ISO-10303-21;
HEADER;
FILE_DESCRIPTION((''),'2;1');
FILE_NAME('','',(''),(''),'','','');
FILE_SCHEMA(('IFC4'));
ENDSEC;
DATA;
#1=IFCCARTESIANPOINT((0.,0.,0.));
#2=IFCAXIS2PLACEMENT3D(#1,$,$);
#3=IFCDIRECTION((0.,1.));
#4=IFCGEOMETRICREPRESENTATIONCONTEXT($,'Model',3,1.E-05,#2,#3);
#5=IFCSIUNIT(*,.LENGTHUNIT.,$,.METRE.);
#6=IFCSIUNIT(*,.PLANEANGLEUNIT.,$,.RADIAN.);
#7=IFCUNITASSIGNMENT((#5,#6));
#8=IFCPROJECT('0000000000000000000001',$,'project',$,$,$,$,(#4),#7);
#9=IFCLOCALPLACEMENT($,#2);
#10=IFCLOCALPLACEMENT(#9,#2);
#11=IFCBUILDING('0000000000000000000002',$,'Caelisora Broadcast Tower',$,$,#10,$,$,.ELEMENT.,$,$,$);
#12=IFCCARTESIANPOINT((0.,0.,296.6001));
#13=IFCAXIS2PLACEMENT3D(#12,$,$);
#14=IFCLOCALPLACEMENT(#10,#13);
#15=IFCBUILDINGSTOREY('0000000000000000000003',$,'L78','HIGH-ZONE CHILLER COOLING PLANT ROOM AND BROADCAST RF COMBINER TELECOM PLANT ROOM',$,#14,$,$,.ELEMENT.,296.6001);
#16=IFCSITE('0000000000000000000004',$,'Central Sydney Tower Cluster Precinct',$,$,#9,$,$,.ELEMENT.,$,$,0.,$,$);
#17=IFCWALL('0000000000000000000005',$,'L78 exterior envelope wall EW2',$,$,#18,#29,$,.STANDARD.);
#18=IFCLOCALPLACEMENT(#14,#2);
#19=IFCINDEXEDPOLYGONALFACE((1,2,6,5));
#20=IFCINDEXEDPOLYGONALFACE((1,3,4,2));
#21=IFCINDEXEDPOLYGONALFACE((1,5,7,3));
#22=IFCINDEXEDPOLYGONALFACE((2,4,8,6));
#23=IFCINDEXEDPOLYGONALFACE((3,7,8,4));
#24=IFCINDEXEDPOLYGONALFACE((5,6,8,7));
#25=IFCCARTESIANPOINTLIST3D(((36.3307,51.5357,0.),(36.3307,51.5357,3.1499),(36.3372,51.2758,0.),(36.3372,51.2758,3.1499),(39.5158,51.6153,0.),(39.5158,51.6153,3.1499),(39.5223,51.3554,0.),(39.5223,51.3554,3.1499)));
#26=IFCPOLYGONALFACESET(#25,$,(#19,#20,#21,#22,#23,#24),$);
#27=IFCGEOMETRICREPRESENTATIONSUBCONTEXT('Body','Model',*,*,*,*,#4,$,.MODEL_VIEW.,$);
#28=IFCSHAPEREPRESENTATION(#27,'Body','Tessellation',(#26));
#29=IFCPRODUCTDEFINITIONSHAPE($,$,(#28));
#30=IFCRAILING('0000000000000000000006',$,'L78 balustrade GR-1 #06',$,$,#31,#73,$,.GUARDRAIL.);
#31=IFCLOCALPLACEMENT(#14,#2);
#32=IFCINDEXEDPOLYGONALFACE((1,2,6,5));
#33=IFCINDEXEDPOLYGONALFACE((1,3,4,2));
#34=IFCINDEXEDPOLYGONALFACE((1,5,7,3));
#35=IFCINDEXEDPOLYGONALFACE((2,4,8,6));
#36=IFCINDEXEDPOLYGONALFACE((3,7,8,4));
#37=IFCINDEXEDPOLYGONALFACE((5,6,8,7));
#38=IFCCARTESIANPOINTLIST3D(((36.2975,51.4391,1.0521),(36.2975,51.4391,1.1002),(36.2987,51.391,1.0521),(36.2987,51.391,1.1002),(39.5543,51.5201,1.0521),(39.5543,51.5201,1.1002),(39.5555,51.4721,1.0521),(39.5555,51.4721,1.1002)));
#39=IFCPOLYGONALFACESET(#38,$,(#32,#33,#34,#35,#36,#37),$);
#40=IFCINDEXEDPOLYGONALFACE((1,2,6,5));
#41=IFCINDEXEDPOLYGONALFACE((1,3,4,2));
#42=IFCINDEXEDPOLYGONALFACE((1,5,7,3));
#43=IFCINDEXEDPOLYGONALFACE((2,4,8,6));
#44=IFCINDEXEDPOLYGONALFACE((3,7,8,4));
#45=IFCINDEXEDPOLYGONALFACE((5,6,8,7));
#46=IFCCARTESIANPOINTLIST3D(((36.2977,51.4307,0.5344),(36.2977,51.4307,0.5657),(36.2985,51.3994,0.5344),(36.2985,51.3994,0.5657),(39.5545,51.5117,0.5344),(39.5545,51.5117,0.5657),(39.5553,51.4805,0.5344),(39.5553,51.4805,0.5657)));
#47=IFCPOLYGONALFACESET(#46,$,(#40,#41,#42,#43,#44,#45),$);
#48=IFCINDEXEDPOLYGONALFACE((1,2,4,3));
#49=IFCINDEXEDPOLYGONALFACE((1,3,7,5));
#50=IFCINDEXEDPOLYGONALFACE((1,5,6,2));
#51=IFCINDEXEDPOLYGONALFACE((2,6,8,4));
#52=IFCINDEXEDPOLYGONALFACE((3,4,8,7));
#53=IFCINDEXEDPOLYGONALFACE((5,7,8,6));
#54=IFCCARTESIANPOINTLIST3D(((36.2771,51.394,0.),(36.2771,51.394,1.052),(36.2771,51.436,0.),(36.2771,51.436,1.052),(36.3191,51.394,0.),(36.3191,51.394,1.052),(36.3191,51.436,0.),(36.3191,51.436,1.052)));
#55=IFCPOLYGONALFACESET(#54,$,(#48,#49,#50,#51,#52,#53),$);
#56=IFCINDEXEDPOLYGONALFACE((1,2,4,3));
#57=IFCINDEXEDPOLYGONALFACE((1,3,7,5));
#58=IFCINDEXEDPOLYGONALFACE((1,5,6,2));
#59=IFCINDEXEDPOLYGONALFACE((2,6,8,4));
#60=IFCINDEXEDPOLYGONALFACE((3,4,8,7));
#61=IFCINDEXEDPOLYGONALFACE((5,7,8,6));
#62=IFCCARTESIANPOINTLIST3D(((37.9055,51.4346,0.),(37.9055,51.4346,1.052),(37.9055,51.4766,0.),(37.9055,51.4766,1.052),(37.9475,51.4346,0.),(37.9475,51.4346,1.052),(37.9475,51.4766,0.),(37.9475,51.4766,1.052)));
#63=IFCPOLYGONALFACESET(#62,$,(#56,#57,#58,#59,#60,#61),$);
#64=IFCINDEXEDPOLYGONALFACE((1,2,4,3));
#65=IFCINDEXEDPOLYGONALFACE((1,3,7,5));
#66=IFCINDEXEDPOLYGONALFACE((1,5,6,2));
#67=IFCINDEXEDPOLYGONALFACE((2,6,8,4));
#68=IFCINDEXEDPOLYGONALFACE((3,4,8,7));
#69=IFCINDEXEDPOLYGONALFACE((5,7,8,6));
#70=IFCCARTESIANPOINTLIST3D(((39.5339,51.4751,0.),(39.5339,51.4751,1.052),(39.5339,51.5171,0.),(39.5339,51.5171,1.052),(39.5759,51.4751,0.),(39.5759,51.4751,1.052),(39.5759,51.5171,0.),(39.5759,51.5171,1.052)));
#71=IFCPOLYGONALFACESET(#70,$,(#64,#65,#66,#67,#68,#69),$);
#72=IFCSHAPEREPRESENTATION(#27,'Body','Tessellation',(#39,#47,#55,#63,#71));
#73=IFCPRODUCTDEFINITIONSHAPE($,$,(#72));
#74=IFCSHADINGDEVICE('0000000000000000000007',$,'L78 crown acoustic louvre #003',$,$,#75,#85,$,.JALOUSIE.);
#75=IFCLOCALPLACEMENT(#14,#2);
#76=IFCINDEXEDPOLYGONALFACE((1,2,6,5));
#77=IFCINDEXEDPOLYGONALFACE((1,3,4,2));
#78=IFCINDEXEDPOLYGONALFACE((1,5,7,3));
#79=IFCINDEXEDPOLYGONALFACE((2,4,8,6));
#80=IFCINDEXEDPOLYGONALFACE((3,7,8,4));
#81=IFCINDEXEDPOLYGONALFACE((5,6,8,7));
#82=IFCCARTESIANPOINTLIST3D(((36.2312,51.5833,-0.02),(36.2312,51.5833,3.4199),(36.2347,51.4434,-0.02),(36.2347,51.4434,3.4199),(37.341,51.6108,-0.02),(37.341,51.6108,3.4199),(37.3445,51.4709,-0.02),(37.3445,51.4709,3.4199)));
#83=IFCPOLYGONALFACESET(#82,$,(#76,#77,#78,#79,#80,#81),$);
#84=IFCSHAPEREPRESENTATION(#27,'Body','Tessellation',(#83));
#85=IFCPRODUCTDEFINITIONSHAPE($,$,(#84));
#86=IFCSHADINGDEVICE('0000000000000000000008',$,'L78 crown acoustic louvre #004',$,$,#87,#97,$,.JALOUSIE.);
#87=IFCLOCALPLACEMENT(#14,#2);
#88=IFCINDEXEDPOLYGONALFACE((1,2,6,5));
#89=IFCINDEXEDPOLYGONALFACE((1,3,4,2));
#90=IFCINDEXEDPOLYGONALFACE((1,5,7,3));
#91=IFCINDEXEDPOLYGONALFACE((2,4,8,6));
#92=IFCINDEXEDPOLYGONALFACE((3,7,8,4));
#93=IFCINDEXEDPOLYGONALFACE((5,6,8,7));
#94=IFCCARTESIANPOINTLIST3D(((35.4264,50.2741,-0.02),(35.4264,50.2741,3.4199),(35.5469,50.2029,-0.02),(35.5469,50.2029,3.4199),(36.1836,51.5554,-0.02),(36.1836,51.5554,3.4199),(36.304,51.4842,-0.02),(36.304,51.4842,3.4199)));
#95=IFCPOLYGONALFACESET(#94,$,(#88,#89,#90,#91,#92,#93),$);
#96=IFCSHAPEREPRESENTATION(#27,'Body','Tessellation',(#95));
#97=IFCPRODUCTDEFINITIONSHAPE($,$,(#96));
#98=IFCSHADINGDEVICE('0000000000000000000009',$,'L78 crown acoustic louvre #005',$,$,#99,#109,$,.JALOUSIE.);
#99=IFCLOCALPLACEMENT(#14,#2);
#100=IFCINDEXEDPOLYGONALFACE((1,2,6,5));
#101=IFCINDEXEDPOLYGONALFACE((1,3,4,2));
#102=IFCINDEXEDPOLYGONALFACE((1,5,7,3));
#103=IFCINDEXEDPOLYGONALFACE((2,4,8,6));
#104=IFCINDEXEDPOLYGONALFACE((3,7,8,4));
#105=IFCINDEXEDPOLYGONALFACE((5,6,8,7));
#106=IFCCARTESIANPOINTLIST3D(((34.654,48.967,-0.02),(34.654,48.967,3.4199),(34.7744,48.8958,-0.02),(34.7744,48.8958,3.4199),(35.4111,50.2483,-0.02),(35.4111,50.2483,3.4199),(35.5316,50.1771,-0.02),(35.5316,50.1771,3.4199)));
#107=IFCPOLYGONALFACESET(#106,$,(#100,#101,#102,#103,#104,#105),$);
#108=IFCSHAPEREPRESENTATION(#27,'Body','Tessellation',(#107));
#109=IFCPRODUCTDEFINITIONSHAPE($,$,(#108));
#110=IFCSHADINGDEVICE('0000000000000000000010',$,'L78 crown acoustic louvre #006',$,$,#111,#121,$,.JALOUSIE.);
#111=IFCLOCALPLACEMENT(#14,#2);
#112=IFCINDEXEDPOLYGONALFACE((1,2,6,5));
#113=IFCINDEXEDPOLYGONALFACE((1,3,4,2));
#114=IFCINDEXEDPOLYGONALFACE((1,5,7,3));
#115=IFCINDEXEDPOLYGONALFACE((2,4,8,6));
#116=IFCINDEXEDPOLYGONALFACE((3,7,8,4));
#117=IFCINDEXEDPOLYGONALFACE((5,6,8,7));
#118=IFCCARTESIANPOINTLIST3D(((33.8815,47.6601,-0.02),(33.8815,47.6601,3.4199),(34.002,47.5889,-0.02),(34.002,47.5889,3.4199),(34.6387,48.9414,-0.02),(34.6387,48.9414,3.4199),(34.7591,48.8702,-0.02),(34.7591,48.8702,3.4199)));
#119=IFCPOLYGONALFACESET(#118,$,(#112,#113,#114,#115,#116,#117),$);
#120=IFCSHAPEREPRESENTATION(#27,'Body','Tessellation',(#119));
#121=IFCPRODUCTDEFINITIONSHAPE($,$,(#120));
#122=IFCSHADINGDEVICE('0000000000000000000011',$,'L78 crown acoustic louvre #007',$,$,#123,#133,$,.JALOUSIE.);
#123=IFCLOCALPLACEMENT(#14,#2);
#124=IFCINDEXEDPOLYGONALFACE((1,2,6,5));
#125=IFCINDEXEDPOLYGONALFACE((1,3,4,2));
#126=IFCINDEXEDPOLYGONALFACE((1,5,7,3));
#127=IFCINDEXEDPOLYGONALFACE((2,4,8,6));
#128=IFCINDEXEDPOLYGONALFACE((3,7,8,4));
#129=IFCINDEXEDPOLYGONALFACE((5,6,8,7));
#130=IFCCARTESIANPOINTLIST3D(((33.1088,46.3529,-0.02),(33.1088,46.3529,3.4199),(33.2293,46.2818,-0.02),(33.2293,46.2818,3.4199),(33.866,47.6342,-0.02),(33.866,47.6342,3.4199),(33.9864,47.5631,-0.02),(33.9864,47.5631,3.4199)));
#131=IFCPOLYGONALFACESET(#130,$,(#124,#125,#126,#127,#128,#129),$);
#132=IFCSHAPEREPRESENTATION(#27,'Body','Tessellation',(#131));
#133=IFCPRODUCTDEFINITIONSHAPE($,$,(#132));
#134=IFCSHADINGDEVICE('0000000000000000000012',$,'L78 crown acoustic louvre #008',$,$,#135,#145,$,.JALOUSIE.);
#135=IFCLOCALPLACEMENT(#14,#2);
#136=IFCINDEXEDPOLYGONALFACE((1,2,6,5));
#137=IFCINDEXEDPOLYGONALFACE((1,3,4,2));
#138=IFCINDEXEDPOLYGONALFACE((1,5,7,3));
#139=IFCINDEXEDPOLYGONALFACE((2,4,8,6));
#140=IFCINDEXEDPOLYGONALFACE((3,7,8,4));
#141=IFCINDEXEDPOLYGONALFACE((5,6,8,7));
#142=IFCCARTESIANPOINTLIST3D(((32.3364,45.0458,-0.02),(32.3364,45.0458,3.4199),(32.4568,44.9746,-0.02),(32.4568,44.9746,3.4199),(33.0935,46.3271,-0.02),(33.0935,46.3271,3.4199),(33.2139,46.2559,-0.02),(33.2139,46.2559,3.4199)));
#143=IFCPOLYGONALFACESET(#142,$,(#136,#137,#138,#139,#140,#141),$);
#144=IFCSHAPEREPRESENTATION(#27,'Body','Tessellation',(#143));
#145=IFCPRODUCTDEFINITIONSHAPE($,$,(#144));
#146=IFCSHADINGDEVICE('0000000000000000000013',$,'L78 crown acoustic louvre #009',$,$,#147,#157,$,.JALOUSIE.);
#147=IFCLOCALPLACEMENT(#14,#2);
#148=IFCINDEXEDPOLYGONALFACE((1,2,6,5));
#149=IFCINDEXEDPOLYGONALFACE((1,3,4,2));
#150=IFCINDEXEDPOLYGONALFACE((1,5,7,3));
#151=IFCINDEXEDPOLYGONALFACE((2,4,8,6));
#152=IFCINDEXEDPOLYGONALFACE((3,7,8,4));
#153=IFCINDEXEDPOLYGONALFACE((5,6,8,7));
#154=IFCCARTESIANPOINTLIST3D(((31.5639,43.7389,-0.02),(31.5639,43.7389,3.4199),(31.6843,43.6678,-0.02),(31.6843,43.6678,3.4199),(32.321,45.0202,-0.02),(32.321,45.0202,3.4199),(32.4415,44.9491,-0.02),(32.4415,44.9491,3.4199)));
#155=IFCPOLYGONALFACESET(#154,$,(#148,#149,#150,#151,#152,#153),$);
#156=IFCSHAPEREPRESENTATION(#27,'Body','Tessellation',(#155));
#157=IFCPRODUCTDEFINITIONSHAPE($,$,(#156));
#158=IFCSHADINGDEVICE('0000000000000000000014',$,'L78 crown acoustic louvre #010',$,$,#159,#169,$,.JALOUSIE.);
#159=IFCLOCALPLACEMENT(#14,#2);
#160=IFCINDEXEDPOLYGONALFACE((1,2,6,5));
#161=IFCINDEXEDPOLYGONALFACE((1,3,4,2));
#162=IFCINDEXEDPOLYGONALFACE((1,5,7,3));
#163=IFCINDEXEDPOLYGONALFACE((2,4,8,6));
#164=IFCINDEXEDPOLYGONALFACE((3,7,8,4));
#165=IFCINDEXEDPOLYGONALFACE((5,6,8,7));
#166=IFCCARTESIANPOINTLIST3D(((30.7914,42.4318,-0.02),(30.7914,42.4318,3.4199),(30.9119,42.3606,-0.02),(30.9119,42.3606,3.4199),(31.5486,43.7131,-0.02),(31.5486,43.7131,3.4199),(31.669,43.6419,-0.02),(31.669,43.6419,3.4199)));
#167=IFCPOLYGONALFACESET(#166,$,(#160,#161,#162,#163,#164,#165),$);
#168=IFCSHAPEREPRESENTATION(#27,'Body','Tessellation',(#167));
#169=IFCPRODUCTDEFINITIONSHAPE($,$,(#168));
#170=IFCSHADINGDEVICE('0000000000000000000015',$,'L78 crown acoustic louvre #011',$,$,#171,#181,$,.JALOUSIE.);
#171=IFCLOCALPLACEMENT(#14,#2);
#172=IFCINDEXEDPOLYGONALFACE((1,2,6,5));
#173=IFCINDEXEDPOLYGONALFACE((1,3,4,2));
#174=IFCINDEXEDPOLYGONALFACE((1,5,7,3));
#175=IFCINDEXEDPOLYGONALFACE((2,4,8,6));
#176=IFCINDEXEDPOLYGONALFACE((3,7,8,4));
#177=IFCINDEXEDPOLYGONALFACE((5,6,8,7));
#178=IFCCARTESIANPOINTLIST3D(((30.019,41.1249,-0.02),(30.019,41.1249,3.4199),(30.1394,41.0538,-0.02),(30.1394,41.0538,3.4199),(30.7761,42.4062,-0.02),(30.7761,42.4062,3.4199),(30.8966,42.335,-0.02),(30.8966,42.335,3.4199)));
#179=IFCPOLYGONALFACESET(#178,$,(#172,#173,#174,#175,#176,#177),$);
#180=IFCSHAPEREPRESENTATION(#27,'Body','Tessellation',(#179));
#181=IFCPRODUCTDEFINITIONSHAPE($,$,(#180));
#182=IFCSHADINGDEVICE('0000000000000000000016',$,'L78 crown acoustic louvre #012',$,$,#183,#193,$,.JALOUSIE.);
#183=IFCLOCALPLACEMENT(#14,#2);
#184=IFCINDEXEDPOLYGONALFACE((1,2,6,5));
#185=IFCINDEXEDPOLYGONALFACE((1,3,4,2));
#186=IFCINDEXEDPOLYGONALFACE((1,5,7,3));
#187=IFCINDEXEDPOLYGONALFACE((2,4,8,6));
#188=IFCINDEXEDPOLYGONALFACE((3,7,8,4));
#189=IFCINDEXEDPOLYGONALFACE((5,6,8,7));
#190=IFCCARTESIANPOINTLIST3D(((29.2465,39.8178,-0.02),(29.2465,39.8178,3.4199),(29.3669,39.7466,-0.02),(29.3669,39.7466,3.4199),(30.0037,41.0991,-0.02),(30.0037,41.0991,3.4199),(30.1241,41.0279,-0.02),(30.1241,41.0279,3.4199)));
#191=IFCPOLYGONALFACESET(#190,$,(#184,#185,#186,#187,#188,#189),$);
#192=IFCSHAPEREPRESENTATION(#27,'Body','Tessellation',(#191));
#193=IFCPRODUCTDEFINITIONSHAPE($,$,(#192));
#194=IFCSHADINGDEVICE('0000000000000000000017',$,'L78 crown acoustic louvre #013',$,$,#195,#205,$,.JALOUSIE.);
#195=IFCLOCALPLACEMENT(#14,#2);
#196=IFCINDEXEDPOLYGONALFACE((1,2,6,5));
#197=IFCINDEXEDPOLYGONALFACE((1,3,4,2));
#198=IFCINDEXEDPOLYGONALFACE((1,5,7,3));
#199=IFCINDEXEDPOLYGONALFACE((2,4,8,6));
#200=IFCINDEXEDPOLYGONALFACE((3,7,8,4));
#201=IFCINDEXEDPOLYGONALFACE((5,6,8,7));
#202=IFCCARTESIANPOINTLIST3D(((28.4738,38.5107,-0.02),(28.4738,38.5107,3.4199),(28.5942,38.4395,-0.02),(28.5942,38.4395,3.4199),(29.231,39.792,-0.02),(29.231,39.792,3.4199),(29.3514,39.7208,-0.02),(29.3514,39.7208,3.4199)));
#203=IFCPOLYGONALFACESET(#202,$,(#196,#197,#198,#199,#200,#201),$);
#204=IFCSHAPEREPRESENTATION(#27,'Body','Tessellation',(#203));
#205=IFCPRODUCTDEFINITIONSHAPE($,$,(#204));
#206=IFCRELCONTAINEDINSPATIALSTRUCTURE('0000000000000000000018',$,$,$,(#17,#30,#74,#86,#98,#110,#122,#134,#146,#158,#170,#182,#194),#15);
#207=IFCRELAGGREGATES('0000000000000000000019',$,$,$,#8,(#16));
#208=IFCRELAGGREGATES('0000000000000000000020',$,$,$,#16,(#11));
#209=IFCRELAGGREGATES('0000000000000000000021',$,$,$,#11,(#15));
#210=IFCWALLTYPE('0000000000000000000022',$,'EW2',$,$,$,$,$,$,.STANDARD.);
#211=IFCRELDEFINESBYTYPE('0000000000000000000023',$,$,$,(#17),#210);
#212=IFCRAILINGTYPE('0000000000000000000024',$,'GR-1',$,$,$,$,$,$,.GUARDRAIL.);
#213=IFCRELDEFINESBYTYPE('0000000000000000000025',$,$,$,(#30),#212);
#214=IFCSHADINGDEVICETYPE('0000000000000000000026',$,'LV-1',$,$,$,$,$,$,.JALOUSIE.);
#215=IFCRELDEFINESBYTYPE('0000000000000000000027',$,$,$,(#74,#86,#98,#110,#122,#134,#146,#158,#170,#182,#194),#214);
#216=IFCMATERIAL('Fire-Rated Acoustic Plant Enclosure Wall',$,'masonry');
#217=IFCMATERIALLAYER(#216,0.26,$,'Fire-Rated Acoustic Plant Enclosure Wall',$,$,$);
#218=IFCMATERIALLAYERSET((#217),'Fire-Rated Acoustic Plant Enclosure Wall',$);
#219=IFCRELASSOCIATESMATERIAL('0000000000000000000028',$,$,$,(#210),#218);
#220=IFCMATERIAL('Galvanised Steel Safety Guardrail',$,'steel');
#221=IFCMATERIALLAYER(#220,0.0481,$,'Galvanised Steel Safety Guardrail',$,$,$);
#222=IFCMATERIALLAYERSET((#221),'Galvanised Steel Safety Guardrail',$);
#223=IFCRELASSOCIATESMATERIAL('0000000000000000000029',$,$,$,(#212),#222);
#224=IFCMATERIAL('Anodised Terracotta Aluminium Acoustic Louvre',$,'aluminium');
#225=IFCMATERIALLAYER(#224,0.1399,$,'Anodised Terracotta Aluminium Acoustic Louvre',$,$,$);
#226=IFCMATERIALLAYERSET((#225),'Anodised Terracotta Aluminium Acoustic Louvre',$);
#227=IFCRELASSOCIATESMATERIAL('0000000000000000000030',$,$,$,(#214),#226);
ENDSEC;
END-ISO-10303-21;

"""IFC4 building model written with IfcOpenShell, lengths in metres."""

from ifc_helpers import new_model, si_unit, direction, frame, frame_2d, origin, origin_2d, place, context, subcontext, project, spatial, rectangle, extrude, source, transform, mapped, material, layer, layer_set, type_object, type_shapes, element, save


model = new_model("IFC4")

# Units and contexts
model_context = context("Model", 3, precision=1e-05, world=origin(), true_north=direction((0.0, 1.0)))
body_context = subcontext(model_context, "Body", "Model", "MODEL_VIEW")
ifc_project = project(units=[si_unit("LENGTHUNIT", "METRE"), si_unit("PLANEANGLEUNIT", "RADIAN")], contexts=[model_context])

# Site, building, storey
site_placement = place(None, origin())
site = spatial("IfcSite", under=ifc_project, at=site_placement, Name="Central Sydney Tower Cluster Precinct", CompositionType="ELEMENT", RefElevation=0.0)
building_placement = place(site_placement, origin())
building = spatial("IfcBuilding", under=site, at=building_placement, Name="Caelisora Broadcast Tower", CompositionType="ELEMENT")
storey_placement = place(building_placement, frame((0.0, 0.0, 296.6001)))
storey = spatial("IfcBuildingStorey", under=building, at=storey_placement, Name="L78", Description="HIGH-ZONE CHILLER COOLING PLANT ROOM AND BROADCAST RF COMBINER TELECOM PLANT ROOM", CompositionType="ELEMENT", Elevation=296.6001)

# Wall
ifc_material_1 = material(Name="Fire-Rated Acoustic Plant Enclosure Wall", Category="masonry")
ifc_layer_1 = layer(ifc_material_1, 0.26, Name="Fire-Rated Acoustic Plant Enclosure Wall")
ifc_layer_set_1 = layer_set([ifc_layer_1], Name="Fire-Rated Acoustic Plant Enclosure Wall")
wall_type = type_object("IfcWallType", Name="EW2", PredefinedType="STANDARD", material=ifc_layer_set_1)
wall_placement = place(storey_placement, frame((36.334, 51.4058, 0.0), z_axis=(0.0, 0.0, 1.0), x_axis=(0.999688, 0.024981, 0.0)))
element("IfcWall", 1, at=wall_placement, inside=storey, type_object=wall_type, Name="L78 exterior envelope wall EW2", PredefinedType="STANDARD", context=body_context, shape_type="SweptSolid", body=[
    extrude(rectangle(XDim=3.186, YDim=0.26, at=frame_2d((1.593, 0.0))), origin(), (0.0, 0.0, 1.0), 3.1499),
])

# Railing
ifc_material_2 = material(Name="Galvanised Steel Safety Guardrail", Category="steel")
ifc_layer_2 = layer(ifc_material_2, 0.0481, Name="Galvanised Steel Safety Guardrail")
ifc_layer_set_2 = layer_set([ifc_layer_2], Name="Galvanised Steel Safety Guardrail")
railing_type = type_object("IfcRailingType", Name="GR-1", PredefinedType="GUARDRAIL", material=ifc_layer_set_2)
railing_placement = place(storey_placement, frame((36.2981, 51.415, 0.0)))
element("IfcRailing", 2, at=railing_placement, inside=storey, type_object=railing_type, Name="L78 balustrade GR-1 #06", PredefinedType="GUARDRAIL", context=body_context, shape_type="SweptSolid", body=[
    extrude(rectangle(XDim=0.0481, YDim=0.0481, at=origin_2d()), frame((0.0, 0.0, 1.0762), z_axis=(0.99969, 0.02488, 0.0), x_axis=(-0.02488, 0.99969, 0.0)), (0.0, 0.0, 1.0), 3.2578),
    extrude(rectangle(XDim=0.0312, YDim=0.0312, at=origin_2d()), frame((0.0, 0.0, 0.55), z_axis=(0.99969, 0.02488, 0.0), x_axis=(-0.02488, 0.99969, 0.0)), (0.0, 0.0, 1.0), 3.2578),
    extrude(rectangle(XDim=0.042, YDim=0.042, at=origin_2d()), origin(), (0.0, 0.0, 1.0), 1.052),
    extrude(rectangle(XDim=0.042, YDim=0.042, at=origin_2d()), frame((1.6284, 0.0405, 0.0)), (0.0, 0.0, 1.0), 1.052),
    extrude(rectangle(XDim=0.042, YDim=0.042, at=origin_2d()), frame((3.2568, 0.0811, 0.0)), (0.0, 0.0, 1.0), 1.052),
])

# Shading devices
ifc_material_3 = material(Name="Anodised Terracotta Aluminium Acoustic Louvre", Category="aluminium")
ifc_layer_3 = layer(ifc_material_3, 0.1399, Name="Anodised Terracotta Aluminium Acoustic Louvre")
ifc_layer_set_3 = layer_set([ifc_layer_3], Name="Anodised Terracotta Aluminium Acoustic Louvre")
shading_device_type = type_object("IfcShadingDeviceType", Name="LV-1", PredefinedType="JALOUSIE", material=ifc_layer_set_3)
shared_shape_1 = source(origin(), body_context, "Body", "SweptSolid", [
    extrude(rectangle(XDim=1.1101, YDim=0.1399, at=origin_2d()), origin(), (0.0, 0.0, 1.0), 3.4399),
])
shading_device_placement = place(storey_placement, frame((36.7878, 51.5271, -0.02), z_axis=(0.0, 0.0, 1.0), x_axis=(-0.999693, -0.024781, 0.0)))
element("IfcShadingDevice", 3, at=shading_device_placement, inside=storey, type_object=shading_device_type, Name="L78 crown acoustic louvre #003", PredefinedType="JALOUSIE", context=body_context, shape_type="MappedRepresentation", body=[
    mapped(shared_shape_1, transform((0.0, 0.0, 0.0), scale=1.0)),
])
shared_shape_2 = source(origin(), body_context, "Body", "SweptSolid", [
    extrude(rectangle(XDim=1.4883, YDim=0.1399, at=origin_2d()), origin(), (0.0, 0.0, 1.0), 3.4399),
])
type_shapes(shading_device_type, [shared_shape_1, shared_shape_2])
for number, where, z_axis, x_axis, name in (
    (4, (35.8652, 50.8792, -0.02), (0.0, 0.0, 1.0), (-0.508741, -0.86092, 0.0), "L78 crown acoustic louvre #004"),
    (5, (35.0928, 49.572, -0.02), (0.0, 0.0, 1.0), (-0.508741, -0.86092, 0.0), "L78 crown acoustic louvre #005"),
    (6, (34.3203, 48.2651, -0.02), (0.0, 0.0, 1.0), (-0.508741, -0.86092, 0.0), "L78 crown acoustic louvre #006"),
    (7, (33.5476, 46.958, -0.02), (0.0, 0.0, 1.0), (-0.508741, -0.86092, 0.0), "L78 crown acoustic louvre #007"),
    (8, (32.7751, 45.6509, -0.02), (0.0, 0.0, 1.0), (-0.508741, -0.86092, 0.0), "L78 crown acoustic louvre #008"),
    (9, (32.0027, 44.344, -0.02), (0.0, 0.0, 1.0), (-0.508741, -0.86092, 0.0), "L78 crown acoustic louvre #009"),
    (10, (31.2302, 43.0369, -0.02), (0.0, 0.0, 1.0), (-0.508741, -0.86092, 0.0), "L78 crown acoustic louvre #010"),
    (11, (30.4578, 41.73, -0.02), (0.0, 0.0, 1.0), (-0.508741, -0.86092, 0.0), "L78 crown acoustic louvre #011"),
    (12, (29.6853, 40.4229, -0.02), (0.0, 0.0, 1.0), (-0.508741, -0.86092, 0.0), "L78 crown acoustic louvre #012"),
    (13, (28.9126, 39.1157, -0.02), (0.0, 0.0, 1.0), (-0.508741, -0.86092, 0.0), "L78 crown acoustic louvre #013"),
):
    element("IfcShadingDevice", number, at=place(storey_placement, frame(where, z_axis=z_axis, x_axis=x_axis)), inside=storey, type_object=shading_device_type, Name=name, PredefinedType="JALOUSIE", context=body_context, shape_type="MappedRepresentation", body=[
        mapped(shared_shape_2, transform((0.0, 0.0, 0.0), scale=1.0)),
    ])

save(model, "model.ifc")
